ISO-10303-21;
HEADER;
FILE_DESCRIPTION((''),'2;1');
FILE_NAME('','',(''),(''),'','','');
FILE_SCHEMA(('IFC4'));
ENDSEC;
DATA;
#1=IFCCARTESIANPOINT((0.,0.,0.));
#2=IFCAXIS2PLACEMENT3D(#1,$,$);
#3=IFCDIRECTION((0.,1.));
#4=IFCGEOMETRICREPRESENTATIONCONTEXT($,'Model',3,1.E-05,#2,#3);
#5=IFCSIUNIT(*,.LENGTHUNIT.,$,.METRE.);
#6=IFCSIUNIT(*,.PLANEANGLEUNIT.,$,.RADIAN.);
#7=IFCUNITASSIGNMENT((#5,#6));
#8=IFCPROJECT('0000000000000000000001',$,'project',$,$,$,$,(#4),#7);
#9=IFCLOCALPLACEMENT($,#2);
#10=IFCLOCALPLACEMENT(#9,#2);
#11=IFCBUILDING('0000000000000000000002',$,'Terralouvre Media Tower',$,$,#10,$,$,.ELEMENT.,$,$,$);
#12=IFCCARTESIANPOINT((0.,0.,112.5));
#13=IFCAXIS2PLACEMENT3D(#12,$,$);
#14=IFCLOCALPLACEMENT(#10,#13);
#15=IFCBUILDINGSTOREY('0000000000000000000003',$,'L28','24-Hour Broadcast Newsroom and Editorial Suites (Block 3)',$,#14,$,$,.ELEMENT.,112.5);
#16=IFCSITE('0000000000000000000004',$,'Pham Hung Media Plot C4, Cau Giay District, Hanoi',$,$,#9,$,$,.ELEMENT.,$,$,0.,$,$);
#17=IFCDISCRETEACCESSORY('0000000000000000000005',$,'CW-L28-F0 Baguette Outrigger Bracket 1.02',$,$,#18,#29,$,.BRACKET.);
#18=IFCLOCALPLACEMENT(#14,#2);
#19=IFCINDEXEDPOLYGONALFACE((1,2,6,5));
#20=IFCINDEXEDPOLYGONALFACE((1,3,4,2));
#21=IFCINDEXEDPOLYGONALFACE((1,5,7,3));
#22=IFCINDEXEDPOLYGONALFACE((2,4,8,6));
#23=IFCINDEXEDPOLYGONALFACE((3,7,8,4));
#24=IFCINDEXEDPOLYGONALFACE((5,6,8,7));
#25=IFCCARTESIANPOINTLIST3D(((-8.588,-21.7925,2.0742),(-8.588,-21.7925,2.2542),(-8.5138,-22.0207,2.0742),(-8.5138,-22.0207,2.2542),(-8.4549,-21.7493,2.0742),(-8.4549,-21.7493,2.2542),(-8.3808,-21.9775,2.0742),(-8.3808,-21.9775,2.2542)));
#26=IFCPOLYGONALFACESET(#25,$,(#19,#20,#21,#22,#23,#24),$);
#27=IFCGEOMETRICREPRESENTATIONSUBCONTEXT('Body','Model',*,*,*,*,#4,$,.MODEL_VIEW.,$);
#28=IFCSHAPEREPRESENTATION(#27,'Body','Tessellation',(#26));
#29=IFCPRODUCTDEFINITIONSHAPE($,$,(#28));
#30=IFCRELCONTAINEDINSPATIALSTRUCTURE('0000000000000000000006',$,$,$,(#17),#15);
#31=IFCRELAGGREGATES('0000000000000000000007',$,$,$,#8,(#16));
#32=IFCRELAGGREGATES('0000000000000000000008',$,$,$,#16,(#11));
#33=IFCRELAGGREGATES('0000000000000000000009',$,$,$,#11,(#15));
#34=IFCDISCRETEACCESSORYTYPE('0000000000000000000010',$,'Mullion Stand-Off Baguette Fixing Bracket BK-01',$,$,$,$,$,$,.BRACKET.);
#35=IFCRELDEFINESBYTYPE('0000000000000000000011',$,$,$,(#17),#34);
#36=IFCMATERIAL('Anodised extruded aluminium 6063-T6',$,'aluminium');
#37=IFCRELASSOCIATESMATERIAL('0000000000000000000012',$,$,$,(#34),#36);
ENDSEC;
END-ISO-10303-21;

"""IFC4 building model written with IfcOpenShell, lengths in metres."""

from ifc_helpers import new_model, si_unit, direction, frame, origin, origin_2d, place, context, subcontext, project, spatial, rectangle, extrude, material, type_object, element, save


model = new_model("IFC4")

# Units and contexts
model_context = context("Model", 3, precision=1e-05, world=origin(), true_north=direction((0.0, 1.0)))
body_context = subcontext(model_context, "Body", "Model", "MODEL_VIEW")
ifc_project = project(units=[si_unit("LENGTHUNIT", "METRE"), si_unit("PLANEANGLEUNIT", "RADIAN")], contexts=[model_context])

# Site, building, storey
site_placement = place(None, origin())
site = spatial("IfcSite", under=ifc_project, at=site_placement, Name="Pham Hung Media Plot C4, Cau Giay District, Hanoi", CompositionType="ELEMENT", RefElevation=0.0)
building_placement = place(site_placement, origin())
building = spatial("IfcBuilding", under=site, at=building_placement, Name="Terralouvre Media Tower", CompositionType="ELEMENT")
storey_placement = place(building_placement, frame((0.0, 0.0, 112.5)))
storey = spatial("IfcBuildingStorey", under=building, at=storey_placement, Name="L28", Description="24-Hour Broadcast Newsroom and Editorial Suites (Block 3)", CompositionType="ELEMENT", Elevation=112.5)

# Discrete accessory
ifc_material_1 = material(Name="Anodised extruded aluminium 6063-T6", Category="aluminium")
discrete_accessory_type = type_object("IfcDiscreteAccessoryType", Name="Mullion Stand-Off Baguette Fixing Bracket BK-01", PredefinedType="BRACKET", material=ifc_material_1)
for number, where, z_axis, x_axis, name in (
    (1, (-8.4844, -21.885, 2.0742), (0.0, 0.0, 1.0), (0.951057, 0.309017, 0.0), "CW-L28-F0 Baguette Outrigger Bracket 1.02"),
):
    element("IfcDiscreteAccessory", number, at=place(storey_placement, frame(where, z_axis=z_axis, x_axis=x_axis)), inside=storey, type_object=discrete_accessory_type, Name=name, PredefinedType="BRACKET", context=body_context, shape_type="SweptSolid", body=[
        extrude(rectangle(XDim=0.1399, YDim=0.24, at=origin_2d()), origin(), (0.0, 0.0, 1.0), 0.1799),
    ])

save(model, "model.ifc")
